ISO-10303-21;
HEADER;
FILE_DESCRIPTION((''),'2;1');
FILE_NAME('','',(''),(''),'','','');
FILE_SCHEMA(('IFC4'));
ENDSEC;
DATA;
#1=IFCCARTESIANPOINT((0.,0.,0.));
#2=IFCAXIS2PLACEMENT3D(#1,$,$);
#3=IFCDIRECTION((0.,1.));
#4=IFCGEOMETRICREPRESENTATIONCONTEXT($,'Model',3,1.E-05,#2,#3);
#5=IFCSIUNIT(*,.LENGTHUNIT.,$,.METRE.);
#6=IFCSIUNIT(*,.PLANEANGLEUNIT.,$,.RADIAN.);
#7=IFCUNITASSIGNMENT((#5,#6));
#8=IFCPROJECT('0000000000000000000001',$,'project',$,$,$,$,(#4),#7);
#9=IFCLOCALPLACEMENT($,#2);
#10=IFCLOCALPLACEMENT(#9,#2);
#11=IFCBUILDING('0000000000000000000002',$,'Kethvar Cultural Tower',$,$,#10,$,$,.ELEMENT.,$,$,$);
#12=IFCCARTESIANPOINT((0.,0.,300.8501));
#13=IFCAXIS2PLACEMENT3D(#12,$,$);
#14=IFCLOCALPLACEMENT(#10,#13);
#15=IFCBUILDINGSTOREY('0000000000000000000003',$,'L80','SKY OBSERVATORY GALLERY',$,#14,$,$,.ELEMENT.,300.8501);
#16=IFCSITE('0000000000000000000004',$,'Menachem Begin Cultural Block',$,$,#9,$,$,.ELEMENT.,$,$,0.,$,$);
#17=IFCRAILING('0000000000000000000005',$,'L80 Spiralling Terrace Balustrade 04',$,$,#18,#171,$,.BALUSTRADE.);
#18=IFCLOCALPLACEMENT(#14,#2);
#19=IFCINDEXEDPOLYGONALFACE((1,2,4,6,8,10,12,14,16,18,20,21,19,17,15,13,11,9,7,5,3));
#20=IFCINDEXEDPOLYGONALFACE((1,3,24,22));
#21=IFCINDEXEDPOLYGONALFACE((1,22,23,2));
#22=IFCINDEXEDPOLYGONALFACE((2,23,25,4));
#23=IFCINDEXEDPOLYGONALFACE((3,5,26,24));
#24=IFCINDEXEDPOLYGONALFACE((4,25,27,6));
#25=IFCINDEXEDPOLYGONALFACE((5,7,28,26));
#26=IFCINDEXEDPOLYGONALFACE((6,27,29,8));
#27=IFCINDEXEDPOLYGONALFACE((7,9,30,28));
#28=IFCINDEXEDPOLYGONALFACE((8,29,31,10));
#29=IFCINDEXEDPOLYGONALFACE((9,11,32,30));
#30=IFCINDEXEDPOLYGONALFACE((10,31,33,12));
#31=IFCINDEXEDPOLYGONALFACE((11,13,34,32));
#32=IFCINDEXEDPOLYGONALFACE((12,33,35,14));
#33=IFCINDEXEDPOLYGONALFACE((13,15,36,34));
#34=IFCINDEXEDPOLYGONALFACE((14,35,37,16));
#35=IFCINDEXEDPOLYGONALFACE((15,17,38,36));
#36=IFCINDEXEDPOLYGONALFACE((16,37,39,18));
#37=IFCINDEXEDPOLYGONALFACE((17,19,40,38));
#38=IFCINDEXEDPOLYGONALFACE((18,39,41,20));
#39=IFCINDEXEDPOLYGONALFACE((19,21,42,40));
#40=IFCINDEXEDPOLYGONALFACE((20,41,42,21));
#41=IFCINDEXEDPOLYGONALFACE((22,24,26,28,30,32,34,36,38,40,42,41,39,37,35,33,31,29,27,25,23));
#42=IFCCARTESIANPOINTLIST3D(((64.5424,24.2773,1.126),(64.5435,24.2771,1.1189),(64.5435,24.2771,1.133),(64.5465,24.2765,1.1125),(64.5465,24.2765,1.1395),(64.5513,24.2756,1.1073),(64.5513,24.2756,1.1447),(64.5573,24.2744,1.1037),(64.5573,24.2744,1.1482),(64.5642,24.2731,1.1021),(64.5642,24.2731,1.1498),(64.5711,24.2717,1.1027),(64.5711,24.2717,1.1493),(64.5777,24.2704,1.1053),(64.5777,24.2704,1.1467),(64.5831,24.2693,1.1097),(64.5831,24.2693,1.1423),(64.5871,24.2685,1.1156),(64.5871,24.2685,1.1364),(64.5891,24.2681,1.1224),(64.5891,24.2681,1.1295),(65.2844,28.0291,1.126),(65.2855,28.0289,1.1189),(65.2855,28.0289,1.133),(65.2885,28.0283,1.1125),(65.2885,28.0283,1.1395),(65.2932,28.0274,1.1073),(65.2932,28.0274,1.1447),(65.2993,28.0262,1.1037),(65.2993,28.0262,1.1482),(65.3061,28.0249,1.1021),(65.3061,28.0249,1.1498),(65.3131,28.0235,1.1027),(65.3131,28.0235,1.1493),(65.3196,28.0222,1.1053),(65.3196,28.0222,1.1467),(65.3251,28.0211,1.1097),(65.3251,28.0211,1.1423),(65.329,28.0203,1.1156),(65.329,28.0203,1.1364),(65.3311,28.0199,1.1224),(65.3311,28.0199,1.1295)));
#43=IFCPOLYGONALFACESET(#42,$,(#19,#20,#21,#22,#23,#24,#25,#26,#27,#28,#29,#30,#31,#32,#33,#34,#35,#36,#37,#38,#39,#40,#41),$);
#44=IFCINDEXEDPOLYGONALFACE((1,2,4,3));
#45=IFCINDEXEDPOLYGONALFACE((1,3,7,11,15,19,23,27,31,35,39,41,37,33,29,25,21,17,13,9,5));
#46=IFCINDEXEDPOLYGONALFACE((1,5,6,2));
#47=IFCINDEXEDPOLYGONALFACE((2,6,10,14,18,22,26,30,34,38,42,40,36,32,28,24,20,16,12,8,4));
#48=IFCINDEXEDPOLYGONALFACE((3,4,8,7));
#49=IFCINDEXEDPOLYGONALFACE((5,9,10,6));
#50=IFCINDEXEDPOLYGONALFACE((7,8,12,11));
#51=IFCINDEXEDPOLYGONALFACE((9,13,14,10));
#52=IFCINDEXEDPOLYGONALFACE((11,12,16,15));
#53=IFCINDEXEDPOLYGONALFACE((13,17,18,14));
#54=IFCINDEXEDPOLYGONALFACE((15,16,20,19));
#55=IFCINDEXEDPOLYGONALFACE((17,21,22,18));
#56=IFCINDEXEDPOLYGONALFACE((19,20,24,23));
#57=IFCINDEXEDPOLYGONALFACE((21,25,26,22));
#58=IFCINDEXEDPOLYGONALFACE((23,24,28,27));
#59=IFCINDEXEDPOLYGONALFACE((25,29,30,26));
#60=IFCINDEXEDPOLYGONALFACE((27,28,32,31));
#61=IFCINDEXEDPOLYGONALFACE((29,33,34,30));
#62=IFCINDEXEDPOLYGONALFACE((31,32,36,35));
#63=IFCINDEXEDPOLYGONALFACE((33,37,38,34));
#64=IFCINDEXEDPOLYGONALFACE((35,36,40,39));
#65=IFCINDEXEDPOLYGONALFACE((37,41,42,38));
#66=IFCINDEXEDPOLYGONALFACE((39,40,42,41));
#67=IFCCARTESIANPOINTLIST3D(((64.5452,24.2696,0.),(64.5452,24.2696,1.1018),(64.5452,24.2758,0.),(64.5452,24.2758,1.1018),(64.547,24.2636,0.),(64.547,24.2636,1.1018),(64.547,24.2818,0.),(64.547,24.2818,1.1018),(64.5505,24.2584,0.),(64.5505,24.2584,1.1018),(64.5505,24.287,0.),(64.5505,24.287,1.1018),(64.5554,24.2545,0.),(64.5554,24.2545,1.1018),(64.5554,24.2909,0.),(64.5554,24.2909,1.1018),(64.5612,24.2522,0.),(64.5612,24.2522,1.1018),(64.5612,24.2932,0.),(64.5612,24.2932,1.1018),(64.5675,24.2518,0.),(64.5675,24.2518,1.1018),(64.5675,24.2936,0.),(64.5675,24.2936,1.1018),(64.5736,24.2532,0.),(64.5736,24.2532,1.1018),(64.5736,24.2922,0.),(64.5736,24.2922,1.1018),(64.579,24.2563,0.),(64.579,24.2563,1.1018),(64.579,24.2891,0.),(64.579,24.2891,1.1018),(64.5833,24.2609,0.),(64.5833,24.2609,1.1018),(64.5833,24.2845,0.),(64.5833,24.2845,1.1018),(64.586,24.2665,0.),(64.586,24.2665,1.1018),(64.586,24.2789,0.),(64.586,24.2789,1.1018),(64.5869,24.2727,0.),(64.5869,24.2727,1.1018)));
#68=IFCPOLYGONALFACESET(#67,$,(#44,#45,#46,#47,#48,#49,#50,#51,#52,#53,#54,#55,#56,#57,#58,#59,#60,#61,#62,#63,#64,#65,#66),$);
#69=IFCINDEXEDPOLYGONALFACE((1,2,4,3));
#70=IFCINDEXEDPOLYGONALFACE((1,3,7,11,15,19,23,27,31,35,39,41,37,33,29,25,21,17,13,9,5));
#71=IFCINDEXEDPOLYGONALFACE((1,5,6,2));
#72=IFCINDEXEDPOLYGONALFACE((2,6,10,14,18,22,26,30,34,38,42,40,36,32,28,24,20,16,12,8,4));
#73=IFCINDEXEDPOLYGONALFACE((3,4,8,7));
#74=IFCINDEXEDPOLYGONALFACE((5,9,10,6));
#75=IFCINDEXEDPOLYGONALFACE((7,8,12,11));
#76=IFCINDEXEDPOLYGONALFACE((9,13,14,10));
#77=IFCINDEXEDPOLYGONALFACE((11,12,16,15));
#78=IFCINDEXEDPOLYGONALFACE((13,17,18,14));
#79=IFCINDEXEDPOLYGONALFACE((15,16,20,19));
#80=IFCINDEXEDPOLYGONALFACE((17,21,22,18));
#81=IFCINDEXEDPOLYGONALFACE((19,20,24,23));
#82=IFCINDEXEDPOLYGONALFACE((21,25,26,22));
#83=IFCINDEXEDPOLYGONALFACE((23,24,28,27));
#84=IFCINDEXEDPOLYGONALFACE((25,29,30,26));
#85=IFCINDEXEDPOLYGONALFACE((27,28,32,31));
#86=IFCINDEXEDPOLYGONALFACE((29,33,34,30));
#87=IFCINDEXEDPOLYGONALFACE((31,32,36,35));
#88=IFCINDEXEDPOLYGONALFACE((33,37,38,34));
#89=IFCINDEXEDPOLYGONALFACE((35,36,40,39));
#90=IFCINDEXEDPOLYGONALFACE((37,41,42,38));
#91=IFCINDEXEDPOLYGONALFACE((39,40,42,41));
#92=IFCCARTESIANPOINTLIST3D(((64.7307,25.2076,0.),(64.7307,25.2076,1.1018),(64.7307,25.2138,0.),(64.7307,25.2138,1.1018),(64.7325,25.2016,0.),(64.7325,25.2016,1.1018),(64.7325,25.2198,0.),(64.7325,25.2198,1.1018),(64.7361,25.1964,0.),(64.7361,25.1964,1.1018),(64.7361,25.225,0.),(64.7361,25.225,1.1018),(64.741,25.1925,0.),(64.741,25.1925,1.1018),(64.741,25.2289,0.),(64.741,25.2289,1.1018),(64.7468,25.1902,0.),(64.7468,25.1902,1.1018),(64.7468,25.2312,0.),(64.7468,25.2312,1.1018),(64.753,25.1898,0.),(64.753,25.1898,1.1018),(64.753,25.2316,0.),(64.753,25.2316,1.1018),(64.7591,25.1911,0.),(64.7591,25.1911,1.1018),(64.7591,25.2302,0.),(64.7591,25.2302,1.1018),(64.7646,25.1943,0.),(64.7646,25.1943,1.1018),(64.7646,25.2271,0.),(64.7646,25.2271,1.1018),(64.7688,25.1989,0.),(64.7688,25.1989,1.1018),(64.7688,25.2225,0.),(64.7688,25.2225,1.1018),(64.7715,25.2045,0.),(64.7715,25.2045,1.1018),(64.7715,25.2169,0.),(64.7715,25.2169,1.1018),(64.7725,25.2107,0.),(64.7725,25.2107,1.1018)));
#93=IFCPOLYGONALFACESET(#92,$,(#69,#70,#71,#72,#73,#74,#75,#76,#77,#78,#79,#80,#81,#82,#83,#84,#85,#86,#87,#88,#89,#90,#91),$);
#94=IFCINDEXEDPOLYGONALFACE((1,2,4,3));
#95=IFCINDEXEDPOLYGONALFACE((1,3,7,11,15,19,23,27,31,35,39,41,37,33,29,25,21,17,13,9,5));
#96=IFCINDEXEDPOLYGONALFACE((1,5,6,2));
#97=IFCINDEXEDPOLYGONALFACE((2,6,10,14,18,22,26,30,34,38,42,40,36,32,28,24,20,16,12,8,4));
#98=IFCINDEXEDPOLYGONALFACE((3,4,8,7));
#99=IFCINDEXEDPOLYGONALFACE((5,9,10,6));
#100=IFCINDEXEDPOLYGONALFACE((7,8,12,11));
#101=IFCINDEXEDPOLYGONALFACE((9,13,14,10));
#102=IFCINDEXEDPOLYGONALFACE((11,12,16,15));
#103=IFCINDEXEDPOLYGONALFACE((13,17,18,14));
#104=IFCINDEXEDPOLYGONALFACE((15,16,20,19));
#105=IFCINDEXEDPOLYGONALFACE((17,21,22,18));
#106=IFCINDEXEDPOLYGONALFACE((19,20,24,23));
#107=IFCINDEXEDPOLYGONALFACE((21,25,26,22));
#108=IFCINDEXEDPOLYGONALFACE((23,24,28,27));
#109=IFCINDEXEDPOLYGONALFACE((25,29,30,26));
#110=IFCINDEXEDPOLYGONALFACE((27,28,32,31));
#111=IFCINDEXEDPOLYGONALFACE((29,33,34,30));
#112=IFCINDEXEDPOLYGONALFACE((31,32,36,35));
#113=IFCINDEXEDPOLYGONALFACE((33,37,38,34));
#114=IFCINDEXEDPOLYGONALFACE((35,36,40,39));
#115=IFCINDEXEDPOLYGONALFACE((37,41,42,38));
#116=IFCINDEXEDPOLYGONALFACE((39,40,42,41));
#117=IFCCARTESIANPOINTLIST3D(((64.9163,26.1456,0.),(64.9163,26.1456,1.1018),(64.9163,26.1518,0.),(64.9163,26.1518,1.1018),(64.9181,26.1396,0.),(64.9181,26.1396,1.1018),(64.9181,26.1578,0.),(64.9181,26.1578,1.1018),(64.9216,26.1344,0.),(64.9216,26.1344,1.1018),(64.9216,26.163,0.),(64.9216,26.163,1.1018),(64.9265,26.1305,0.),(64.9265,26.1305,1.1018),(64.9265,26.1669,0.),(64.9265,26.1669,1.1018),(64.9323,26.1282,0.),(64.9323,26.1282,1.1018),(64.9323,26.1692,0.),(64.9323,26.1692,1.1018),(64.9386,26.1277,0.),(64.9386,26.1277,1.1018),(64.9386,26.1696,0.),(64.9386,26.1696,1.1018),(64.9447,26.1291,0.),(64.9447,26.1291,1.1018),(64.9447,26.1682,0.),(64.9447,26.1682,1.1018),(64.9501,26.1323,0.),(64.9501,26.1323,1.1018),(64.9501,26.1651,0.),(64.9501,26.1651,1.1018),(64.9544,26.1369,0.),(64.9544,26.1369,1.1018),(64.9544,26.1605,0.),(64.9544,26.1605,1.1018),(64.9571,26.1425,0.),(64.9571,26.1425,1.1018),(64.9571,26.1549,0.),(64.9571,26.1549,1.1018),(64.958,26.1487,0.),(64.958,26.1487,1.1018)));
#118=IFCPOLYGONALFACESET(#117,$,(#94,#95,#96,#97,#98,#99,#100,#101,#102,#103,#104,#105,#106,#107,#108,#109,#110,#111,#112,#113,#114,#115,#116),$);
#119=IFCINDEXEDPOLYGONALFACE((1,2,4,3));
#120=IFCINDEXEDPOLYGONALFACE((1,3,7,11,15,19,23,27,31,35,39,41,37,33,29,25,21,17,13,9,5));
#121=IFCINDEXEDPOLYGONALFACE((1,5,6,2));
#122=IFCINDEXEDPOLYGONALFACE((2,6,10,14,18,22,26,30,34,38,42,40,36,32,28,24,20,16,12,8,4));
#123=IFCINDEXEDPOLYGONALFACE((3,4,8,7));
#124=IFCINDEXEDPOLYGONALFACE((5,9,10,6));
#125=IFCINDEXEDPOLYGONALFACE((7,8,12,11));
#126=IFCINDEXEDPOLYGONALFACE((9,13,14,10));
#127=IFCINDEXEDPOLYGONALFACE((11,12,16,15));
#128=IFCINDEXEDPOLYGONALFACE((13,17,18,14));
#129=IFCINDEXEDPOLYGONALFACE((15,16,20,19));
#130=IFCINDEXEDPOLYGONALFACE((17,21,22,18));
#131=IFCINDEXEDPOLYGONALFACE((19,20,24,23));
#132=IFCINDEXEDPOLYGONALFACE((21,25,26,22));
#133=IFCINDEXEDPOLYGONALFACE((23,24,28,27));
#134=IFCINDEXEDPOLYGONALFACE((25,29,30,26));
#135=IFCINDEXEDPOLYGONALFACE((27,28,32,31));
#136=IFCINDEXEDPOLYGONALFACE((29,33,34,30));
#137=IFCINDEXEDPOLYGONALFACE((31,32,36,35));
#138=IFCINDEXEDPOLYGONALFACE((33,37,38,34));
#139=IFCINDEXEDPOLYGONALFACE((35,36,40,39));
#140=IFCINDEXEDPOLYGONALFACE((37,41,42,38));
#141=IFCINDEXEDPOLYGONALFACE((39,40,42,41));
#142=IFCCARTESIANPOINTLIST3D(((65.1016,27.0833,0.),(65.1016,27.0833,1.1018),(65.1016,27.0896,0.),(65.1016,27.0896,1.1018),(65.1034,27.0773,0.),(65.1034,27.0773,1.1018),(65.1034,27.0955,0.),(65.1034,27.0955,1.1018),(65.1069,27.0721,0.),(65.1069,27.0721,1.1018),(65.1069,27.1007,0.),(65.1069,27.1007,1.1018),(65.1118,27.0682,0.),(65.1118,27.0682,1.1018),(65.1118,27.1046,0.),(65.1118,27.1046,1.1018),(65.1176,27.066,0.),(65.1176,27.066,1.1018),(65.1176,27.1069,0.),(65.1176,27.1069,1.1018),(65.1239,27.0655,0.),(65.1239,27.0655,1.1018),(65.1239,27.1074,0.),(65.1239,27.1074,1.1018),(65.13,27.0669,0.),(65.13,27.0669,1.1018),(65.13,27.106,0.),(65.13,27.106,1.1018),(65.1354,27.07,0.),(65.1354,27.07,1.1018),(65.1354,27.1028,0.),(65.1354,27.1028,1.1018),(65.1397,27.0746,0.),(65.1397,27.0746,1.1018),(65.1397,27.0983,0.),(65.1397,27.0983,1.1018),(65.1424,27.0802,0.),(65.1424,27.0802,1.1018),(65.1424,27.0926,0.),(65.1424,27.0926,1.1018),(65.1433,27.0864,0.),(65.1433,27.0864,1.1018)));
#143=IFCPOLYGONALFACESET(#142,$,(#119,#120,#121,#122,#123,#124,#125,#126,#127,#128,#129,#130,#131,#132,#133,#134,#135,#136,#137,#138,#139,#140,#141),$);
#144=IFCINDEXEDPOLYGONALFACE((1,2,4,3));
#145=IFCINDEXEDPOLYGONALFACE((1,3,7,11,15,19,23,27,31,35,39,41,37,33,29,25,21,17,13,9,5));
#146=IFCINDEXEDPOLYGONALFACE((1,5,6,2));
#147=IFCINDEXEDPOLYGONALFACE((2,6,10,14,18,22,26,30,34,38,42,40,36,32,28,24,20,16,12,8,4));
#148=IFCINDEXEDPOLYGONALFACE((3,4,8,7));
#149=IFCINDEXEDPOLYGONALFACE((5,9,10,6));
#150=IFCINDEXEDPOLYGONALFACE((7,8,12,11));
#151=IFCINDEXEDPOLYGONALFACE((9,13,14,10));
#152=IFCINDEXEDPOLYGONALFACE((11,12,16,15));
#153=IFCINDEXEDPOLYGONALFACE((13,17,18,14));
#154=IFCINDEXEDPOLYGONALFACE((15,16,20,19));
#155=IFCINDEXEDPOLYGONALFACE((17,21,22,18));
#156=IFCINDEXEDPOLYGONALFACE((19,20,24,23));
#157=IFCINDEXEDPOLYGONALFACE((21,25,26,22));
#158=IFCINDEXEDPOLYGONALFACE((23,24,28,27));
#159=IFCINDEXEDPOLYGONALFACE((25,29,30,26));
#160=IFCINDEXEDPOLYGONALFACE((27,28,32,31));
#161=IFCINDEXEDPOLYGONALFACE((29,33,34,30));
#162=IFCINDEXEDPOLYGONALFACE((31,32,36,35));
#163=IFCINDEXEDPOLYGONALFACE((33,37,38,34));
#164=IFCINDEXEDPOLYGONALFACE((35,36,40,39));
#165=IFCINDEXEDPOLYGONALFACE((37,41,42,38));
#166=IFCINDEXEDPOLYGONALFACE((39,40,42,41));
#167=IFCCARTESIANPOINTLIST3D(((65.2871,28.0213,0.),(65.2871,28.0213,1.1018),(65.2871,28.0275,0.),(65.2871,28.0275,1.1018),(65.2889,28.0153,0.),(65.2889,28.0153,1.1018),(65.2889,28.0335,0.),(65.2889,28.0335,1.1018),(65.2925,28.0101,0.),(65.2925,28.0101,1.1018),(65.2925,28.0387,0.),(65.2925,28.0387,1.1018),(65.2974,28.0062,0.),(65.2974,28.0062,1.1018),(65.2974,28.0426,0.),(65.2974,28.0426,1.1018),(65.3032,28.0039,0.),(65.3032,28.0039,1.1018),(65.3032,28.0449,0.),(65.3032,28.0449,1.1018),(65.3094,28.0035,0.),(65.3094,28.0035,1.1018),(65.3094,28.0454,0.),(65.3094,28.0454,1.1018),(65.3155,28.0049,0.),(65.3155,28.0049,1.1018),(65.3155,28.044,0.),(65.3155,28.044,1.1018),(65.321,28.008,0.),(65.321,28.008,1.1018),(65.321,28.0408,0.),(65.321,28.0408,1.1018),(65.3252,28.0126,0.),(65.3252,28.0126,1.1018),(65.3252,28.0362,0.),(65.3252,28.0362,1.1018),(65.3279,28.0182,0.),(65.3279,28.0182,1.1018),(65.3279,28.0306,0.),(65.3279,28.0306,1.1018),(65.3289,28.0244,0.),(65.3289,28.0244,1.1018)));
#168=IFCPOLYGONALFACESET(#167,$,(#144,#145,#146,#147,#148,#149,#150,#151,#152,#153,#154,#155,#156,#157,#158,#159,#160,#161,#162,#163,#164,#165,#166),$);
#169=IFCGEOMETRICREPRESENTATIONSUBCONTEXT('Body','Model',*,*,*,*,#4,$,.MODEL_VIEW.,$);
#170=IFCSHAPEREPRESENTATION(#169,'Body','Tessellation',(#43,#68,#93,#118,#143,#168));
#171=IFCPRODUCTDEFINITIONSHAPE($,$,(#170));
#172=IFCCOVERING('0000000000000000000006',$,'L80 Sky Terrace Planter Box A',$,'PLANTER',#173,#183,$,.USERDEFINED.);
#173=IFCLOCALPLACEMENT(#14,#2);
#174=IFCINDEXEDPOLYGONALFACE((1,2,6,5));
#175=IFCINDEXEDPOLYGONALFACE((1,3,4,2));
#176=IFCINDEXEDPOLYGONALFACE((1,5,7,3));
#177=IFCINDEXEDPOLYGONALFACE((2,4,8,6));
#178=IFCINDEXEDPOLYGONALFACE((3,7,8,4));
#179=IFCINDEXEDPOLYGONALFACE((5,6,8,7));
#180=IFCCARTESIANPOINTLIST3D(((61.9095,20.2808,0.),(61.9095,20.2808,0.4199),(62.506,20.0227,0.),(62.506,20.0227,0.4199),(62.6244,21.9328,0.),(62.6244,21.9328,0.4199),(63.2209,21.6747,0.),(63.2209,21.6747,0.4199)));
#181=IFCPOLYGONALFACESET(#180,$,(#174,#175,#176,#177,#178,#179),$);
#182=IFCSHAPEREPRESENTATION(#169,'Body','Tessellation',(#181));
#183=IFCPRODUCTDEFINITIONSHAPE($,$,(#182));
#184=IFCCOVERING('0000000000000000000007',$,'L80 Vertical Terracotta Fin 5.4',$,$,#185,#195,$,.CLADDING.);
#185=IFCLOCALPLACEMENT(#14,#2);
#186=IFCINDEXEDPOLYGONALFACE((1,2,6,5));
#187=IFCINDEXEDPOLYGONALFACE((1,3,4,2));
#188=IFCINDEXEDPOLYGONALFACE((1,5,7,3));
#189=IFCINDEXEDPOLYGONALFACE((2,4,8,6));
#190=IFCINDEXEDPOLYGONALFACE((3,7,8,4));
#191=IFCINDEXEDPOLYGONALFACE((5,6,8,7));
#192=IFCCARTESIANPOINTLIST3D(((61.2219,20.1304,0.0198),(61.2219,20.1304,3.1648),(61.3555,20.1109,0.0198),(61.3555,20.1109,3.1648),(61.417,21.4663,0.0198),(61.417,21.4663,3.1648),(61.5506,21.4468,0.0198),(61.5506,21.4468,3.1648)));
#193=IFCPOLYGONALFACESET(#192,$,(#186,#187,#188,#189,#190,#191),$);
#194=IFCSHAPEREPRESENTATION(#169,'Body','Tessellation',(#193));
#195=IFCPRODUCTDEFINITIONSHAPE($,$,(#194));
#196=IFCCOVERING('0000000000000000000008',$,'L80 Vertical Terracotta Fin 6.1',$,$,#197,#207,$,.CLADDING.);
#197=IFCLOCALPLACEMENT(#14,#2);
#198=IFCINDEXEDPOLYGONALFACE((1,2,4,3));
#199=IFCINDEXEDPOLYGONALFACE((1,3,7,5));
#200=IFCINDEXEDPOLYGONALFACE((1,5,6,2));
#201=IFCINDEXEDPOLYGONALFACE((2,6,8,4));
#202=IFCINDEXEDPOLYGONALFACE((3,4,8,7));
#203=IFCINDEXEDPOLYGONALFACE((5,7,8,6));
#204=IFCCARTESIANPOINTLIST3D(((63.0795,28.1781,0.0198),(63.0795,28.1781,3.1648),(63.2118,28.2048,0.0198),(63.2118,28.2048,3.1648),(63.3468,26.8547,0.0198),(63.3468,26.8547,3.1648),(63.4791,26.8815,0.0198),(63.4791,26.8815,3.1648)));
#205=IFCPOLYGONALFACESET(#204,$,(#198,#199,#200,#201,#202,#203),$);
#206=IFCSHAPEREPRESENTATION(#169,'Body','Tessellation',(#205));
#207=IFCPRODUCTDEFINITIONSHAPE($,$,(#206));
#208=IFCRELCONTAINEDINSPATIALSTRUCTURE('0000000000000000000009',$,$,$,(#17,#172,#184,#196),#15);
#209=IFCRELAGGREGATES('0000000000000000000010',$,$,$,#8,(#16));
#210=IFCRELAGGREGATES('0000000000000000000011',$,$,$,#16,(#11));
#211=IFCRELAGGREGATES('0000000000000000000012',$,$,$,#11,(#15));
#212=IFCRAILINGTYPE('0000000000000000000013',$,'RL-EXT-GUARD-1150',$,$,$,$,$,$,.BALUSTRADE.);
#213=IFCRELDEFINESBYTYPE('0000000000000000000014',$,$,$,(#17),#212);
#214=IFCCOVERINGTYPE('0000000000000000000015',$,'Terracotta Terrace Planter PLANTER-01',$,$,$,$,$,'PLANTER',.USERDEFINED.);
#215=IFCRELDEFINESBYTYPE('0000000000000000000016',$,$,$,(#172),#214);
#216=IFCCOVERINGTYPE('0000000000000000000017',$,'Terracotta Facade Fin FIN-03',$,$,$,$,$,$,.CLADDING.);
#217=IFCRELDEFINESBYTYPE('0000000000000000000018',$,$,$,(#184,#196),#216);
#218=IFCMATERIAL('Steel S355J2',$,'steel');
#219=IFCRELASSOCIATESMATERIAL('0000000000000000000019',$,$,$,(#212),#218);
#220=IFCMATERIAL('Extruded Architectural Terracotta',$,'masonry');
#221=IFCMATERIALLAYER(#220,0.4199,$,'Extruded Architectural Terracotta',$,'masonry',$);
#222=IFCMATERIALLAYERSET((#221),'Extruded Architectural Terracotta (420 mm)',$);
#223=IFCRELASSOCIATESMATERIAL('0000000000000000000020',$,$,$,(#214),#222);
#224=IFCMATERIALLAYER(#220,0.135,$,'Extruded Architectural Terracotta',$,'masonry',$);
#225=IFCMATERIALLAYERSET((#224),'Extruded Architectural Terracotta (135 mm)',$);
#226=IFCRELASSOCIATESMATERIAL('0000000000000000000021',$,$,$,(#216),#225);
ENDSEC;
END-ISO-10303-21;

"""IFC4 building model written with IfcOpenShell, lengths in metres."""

from ifc_helpers import new_model, si_unit, direction, frame, origin, origin_2d, place, context, subcontext, project, spatial, rectangle, circle, extrude, source, transform, mapped, material, layer, layer_set, type_object, element, save


model = new_model("IFC4")

# Units and contexts
model_context = context("Model", 3, precision=1e-05, world=origin(), true_north=direction((0.0, 1.0)))
body_context = subcontext(model_context, "Body", "Model", "MODEL_VIEW")
ifc_project = project(units=[si_unit("LENGTHUNIT", "METRE"), si_unit("PLANEANGLEUNIT", "RADIAN")], contexts=[model_context])

# Site, building, storey
site_placement = place(None, origin())
site = spatial("IfcSite", under=ifc_project, at=site_placement, Name="Menachem Begin Cultural Block", CompositionType="ELEMENT", RefElevation=0.0)
building_placement = place(site_placement, origin())
building = spatial("IfcBuilding", under=site, at=building_placement, Name="Kethvar Cultural Tower", CompositionType="ELEMENT")
storey_placement = place(building_placement, frame((0.0, 0.0, 300.8501)))
storey = spatial("IfcBuildingStorey", under=building, at=storey_placement, Name="L80", Description="SKY OBSERVATORY GALLERY", CompositionType="ELEMENT", Elevation=300.8501)

# Shared definitions
ifc_material_1 = material(Name="Steel S355J2", Category="steel")

# Railing
railing_type = type_object("IfcRailingType", Name="RL-EXT-GUARD-1150", PredefinedType="BALUSTRADE", material=ifc_material_1)
railing_1_placement = place(storey_placement, frame((64.5659, 24.2727, 0.0)))
element("IfcRailing", 1, at=railing_1_placement, inside=storey, type_object=railing_type, Name="L80 Spiralling Terrace Balustrade 04", PredefinedType="BALUSTRADE", context=body_context, shape_type="SweptSolid", body=[
    extrude(circle(Radius=0.0239, at=origin_2d()), frame((0.0, 0.0, 1.126), z_axis=(0.194004, 0.981001, 0.0), x_axis=(-0.981001, 0.194004, 0.0)), (0.0, 0.0, 1.0), 3.8245),
    extrude(circle(Radius=0.021, at=origin_2d()), origin(), (0.0, 0.0, 1.0), 1.1018),
    extrude(circle(Radius=0.021, at=origin_2d()), frame((0.1855, 0.938, 0.0)), (0.0, 0.0, 1.0), 1.1018),
    extrude(circle(Radius=0.021, at=origin_2d()), frame((0.3711, 1.876, 0.0)), (0.0, 0.0, 1.0), 1.1018),
    extrude(circle(Radius=0.021, at=origin_2d()), frame((0.5564, 2.8137, 0.0)), (0.0, 0.0, 1.0), 1.1018),
    extrude(circle(Radius=0.021, at=origin_2d()), frame((0.7419, 3.7517, 0.0)), (0.0, 0.0, 1.0), 1.1018),
])

# Coverings
ifc_material_2 = material(Name="Extruded Architectural Terracotta", Category="masonry")
ifc_layer_1 = layer(ifc_material_2, 0.4199, Name="Extruded Architectural Terracotta", Category="masonry")
ifc_layer_set_1 = layer_set([ifc_layer_1], Name="Extruded Architectural Terracotta (420 mm)")
covering_type_1 = type_object("IfcCoveringType", Name="Terracotta Terrace Planter PLANTER-01", ElementType="PLANTER", PredefinedType="USERDEFINED", material=ifc_layer_set_1)
shared_shape_1 = source(origin(), body_context, "Body", "SweptSolid", [
    extrude(rectangle(XDim=1.8, YDim=0.6499, at=origin_2d()), origin(), (0.0, 0.0, 1.0), 0.4199),
])
covering_placement = place(storey_placement, frame((62.5652, 20.9778, 0.0), z_axis=(0.0, 0.0, 1.0), x_axis=(0.397148, 0.917755, 0.0)))
element("IfcCovering", 2, at=covering_placement, inside=storey, type_object=covering_type_1, Name="L80 Sky Terrace Planter Box A", ObjectType="PLANTER", PredefinedType="USERDEFINED", context=body_context, shape_type="MappedRepresentation", body=[
    mapped(shared_shape_1, transform((0.0, 0.0, 0.0), scale=1.0)),
])
ifc_layer_2 = layer(ifc_material_2, 0.135, Name="Extruded Architectural Terracotta", Category="masonry")
ifc_layer_set_2 = layer_set([ifc_layer_2], Name="Extruded Architectural Terracotta (135 mm)")
covering_type_2 = type_object("IfcCoveringType", Name="Terracotta Facade Fin FIN-03", PredefinedType="CLADDING", material=ifc_layer_set_2)
shared_shape_2 = source(origin(), body_context, "Body", "SweptSolid", [
    extrude(rectangle(XDim=1.3501, YDim=0.135, at=origin_2d()), origin(), (0.0, 0.0, 1.0), 3.145),
])
for number, where, z_axis, x_axis, name in (
    (3, (61.3862, 20.7886, 0.0198), (0.0, 0.0, 1.0), (-0.144529, -0.989501, 0.0), "L80 Vertical Terracotta Fin 5.4"),
    (4, (63.2793, 27.5298, 0.0198), (0.0, 0.0, 1.0), (0.198, -0.980202, 0.0), "L80 Vertical Terracotta Fin 6.1"),
):
    element("IfcCovering", number, at=place(storey_placement, frame(where, z_axis=z_axis, x_axis=x_axis)), inside=storey, type_object=covering_type_2, Name=name, PredefinedType="CLADDING", context=body_context, shape_type="MappedRepresentation", body=[
        mapped(shared_shape_2, transform((0.0, 0.0, 0.0), scale=1.0)),
    ])

save(model, "model.ifc")
